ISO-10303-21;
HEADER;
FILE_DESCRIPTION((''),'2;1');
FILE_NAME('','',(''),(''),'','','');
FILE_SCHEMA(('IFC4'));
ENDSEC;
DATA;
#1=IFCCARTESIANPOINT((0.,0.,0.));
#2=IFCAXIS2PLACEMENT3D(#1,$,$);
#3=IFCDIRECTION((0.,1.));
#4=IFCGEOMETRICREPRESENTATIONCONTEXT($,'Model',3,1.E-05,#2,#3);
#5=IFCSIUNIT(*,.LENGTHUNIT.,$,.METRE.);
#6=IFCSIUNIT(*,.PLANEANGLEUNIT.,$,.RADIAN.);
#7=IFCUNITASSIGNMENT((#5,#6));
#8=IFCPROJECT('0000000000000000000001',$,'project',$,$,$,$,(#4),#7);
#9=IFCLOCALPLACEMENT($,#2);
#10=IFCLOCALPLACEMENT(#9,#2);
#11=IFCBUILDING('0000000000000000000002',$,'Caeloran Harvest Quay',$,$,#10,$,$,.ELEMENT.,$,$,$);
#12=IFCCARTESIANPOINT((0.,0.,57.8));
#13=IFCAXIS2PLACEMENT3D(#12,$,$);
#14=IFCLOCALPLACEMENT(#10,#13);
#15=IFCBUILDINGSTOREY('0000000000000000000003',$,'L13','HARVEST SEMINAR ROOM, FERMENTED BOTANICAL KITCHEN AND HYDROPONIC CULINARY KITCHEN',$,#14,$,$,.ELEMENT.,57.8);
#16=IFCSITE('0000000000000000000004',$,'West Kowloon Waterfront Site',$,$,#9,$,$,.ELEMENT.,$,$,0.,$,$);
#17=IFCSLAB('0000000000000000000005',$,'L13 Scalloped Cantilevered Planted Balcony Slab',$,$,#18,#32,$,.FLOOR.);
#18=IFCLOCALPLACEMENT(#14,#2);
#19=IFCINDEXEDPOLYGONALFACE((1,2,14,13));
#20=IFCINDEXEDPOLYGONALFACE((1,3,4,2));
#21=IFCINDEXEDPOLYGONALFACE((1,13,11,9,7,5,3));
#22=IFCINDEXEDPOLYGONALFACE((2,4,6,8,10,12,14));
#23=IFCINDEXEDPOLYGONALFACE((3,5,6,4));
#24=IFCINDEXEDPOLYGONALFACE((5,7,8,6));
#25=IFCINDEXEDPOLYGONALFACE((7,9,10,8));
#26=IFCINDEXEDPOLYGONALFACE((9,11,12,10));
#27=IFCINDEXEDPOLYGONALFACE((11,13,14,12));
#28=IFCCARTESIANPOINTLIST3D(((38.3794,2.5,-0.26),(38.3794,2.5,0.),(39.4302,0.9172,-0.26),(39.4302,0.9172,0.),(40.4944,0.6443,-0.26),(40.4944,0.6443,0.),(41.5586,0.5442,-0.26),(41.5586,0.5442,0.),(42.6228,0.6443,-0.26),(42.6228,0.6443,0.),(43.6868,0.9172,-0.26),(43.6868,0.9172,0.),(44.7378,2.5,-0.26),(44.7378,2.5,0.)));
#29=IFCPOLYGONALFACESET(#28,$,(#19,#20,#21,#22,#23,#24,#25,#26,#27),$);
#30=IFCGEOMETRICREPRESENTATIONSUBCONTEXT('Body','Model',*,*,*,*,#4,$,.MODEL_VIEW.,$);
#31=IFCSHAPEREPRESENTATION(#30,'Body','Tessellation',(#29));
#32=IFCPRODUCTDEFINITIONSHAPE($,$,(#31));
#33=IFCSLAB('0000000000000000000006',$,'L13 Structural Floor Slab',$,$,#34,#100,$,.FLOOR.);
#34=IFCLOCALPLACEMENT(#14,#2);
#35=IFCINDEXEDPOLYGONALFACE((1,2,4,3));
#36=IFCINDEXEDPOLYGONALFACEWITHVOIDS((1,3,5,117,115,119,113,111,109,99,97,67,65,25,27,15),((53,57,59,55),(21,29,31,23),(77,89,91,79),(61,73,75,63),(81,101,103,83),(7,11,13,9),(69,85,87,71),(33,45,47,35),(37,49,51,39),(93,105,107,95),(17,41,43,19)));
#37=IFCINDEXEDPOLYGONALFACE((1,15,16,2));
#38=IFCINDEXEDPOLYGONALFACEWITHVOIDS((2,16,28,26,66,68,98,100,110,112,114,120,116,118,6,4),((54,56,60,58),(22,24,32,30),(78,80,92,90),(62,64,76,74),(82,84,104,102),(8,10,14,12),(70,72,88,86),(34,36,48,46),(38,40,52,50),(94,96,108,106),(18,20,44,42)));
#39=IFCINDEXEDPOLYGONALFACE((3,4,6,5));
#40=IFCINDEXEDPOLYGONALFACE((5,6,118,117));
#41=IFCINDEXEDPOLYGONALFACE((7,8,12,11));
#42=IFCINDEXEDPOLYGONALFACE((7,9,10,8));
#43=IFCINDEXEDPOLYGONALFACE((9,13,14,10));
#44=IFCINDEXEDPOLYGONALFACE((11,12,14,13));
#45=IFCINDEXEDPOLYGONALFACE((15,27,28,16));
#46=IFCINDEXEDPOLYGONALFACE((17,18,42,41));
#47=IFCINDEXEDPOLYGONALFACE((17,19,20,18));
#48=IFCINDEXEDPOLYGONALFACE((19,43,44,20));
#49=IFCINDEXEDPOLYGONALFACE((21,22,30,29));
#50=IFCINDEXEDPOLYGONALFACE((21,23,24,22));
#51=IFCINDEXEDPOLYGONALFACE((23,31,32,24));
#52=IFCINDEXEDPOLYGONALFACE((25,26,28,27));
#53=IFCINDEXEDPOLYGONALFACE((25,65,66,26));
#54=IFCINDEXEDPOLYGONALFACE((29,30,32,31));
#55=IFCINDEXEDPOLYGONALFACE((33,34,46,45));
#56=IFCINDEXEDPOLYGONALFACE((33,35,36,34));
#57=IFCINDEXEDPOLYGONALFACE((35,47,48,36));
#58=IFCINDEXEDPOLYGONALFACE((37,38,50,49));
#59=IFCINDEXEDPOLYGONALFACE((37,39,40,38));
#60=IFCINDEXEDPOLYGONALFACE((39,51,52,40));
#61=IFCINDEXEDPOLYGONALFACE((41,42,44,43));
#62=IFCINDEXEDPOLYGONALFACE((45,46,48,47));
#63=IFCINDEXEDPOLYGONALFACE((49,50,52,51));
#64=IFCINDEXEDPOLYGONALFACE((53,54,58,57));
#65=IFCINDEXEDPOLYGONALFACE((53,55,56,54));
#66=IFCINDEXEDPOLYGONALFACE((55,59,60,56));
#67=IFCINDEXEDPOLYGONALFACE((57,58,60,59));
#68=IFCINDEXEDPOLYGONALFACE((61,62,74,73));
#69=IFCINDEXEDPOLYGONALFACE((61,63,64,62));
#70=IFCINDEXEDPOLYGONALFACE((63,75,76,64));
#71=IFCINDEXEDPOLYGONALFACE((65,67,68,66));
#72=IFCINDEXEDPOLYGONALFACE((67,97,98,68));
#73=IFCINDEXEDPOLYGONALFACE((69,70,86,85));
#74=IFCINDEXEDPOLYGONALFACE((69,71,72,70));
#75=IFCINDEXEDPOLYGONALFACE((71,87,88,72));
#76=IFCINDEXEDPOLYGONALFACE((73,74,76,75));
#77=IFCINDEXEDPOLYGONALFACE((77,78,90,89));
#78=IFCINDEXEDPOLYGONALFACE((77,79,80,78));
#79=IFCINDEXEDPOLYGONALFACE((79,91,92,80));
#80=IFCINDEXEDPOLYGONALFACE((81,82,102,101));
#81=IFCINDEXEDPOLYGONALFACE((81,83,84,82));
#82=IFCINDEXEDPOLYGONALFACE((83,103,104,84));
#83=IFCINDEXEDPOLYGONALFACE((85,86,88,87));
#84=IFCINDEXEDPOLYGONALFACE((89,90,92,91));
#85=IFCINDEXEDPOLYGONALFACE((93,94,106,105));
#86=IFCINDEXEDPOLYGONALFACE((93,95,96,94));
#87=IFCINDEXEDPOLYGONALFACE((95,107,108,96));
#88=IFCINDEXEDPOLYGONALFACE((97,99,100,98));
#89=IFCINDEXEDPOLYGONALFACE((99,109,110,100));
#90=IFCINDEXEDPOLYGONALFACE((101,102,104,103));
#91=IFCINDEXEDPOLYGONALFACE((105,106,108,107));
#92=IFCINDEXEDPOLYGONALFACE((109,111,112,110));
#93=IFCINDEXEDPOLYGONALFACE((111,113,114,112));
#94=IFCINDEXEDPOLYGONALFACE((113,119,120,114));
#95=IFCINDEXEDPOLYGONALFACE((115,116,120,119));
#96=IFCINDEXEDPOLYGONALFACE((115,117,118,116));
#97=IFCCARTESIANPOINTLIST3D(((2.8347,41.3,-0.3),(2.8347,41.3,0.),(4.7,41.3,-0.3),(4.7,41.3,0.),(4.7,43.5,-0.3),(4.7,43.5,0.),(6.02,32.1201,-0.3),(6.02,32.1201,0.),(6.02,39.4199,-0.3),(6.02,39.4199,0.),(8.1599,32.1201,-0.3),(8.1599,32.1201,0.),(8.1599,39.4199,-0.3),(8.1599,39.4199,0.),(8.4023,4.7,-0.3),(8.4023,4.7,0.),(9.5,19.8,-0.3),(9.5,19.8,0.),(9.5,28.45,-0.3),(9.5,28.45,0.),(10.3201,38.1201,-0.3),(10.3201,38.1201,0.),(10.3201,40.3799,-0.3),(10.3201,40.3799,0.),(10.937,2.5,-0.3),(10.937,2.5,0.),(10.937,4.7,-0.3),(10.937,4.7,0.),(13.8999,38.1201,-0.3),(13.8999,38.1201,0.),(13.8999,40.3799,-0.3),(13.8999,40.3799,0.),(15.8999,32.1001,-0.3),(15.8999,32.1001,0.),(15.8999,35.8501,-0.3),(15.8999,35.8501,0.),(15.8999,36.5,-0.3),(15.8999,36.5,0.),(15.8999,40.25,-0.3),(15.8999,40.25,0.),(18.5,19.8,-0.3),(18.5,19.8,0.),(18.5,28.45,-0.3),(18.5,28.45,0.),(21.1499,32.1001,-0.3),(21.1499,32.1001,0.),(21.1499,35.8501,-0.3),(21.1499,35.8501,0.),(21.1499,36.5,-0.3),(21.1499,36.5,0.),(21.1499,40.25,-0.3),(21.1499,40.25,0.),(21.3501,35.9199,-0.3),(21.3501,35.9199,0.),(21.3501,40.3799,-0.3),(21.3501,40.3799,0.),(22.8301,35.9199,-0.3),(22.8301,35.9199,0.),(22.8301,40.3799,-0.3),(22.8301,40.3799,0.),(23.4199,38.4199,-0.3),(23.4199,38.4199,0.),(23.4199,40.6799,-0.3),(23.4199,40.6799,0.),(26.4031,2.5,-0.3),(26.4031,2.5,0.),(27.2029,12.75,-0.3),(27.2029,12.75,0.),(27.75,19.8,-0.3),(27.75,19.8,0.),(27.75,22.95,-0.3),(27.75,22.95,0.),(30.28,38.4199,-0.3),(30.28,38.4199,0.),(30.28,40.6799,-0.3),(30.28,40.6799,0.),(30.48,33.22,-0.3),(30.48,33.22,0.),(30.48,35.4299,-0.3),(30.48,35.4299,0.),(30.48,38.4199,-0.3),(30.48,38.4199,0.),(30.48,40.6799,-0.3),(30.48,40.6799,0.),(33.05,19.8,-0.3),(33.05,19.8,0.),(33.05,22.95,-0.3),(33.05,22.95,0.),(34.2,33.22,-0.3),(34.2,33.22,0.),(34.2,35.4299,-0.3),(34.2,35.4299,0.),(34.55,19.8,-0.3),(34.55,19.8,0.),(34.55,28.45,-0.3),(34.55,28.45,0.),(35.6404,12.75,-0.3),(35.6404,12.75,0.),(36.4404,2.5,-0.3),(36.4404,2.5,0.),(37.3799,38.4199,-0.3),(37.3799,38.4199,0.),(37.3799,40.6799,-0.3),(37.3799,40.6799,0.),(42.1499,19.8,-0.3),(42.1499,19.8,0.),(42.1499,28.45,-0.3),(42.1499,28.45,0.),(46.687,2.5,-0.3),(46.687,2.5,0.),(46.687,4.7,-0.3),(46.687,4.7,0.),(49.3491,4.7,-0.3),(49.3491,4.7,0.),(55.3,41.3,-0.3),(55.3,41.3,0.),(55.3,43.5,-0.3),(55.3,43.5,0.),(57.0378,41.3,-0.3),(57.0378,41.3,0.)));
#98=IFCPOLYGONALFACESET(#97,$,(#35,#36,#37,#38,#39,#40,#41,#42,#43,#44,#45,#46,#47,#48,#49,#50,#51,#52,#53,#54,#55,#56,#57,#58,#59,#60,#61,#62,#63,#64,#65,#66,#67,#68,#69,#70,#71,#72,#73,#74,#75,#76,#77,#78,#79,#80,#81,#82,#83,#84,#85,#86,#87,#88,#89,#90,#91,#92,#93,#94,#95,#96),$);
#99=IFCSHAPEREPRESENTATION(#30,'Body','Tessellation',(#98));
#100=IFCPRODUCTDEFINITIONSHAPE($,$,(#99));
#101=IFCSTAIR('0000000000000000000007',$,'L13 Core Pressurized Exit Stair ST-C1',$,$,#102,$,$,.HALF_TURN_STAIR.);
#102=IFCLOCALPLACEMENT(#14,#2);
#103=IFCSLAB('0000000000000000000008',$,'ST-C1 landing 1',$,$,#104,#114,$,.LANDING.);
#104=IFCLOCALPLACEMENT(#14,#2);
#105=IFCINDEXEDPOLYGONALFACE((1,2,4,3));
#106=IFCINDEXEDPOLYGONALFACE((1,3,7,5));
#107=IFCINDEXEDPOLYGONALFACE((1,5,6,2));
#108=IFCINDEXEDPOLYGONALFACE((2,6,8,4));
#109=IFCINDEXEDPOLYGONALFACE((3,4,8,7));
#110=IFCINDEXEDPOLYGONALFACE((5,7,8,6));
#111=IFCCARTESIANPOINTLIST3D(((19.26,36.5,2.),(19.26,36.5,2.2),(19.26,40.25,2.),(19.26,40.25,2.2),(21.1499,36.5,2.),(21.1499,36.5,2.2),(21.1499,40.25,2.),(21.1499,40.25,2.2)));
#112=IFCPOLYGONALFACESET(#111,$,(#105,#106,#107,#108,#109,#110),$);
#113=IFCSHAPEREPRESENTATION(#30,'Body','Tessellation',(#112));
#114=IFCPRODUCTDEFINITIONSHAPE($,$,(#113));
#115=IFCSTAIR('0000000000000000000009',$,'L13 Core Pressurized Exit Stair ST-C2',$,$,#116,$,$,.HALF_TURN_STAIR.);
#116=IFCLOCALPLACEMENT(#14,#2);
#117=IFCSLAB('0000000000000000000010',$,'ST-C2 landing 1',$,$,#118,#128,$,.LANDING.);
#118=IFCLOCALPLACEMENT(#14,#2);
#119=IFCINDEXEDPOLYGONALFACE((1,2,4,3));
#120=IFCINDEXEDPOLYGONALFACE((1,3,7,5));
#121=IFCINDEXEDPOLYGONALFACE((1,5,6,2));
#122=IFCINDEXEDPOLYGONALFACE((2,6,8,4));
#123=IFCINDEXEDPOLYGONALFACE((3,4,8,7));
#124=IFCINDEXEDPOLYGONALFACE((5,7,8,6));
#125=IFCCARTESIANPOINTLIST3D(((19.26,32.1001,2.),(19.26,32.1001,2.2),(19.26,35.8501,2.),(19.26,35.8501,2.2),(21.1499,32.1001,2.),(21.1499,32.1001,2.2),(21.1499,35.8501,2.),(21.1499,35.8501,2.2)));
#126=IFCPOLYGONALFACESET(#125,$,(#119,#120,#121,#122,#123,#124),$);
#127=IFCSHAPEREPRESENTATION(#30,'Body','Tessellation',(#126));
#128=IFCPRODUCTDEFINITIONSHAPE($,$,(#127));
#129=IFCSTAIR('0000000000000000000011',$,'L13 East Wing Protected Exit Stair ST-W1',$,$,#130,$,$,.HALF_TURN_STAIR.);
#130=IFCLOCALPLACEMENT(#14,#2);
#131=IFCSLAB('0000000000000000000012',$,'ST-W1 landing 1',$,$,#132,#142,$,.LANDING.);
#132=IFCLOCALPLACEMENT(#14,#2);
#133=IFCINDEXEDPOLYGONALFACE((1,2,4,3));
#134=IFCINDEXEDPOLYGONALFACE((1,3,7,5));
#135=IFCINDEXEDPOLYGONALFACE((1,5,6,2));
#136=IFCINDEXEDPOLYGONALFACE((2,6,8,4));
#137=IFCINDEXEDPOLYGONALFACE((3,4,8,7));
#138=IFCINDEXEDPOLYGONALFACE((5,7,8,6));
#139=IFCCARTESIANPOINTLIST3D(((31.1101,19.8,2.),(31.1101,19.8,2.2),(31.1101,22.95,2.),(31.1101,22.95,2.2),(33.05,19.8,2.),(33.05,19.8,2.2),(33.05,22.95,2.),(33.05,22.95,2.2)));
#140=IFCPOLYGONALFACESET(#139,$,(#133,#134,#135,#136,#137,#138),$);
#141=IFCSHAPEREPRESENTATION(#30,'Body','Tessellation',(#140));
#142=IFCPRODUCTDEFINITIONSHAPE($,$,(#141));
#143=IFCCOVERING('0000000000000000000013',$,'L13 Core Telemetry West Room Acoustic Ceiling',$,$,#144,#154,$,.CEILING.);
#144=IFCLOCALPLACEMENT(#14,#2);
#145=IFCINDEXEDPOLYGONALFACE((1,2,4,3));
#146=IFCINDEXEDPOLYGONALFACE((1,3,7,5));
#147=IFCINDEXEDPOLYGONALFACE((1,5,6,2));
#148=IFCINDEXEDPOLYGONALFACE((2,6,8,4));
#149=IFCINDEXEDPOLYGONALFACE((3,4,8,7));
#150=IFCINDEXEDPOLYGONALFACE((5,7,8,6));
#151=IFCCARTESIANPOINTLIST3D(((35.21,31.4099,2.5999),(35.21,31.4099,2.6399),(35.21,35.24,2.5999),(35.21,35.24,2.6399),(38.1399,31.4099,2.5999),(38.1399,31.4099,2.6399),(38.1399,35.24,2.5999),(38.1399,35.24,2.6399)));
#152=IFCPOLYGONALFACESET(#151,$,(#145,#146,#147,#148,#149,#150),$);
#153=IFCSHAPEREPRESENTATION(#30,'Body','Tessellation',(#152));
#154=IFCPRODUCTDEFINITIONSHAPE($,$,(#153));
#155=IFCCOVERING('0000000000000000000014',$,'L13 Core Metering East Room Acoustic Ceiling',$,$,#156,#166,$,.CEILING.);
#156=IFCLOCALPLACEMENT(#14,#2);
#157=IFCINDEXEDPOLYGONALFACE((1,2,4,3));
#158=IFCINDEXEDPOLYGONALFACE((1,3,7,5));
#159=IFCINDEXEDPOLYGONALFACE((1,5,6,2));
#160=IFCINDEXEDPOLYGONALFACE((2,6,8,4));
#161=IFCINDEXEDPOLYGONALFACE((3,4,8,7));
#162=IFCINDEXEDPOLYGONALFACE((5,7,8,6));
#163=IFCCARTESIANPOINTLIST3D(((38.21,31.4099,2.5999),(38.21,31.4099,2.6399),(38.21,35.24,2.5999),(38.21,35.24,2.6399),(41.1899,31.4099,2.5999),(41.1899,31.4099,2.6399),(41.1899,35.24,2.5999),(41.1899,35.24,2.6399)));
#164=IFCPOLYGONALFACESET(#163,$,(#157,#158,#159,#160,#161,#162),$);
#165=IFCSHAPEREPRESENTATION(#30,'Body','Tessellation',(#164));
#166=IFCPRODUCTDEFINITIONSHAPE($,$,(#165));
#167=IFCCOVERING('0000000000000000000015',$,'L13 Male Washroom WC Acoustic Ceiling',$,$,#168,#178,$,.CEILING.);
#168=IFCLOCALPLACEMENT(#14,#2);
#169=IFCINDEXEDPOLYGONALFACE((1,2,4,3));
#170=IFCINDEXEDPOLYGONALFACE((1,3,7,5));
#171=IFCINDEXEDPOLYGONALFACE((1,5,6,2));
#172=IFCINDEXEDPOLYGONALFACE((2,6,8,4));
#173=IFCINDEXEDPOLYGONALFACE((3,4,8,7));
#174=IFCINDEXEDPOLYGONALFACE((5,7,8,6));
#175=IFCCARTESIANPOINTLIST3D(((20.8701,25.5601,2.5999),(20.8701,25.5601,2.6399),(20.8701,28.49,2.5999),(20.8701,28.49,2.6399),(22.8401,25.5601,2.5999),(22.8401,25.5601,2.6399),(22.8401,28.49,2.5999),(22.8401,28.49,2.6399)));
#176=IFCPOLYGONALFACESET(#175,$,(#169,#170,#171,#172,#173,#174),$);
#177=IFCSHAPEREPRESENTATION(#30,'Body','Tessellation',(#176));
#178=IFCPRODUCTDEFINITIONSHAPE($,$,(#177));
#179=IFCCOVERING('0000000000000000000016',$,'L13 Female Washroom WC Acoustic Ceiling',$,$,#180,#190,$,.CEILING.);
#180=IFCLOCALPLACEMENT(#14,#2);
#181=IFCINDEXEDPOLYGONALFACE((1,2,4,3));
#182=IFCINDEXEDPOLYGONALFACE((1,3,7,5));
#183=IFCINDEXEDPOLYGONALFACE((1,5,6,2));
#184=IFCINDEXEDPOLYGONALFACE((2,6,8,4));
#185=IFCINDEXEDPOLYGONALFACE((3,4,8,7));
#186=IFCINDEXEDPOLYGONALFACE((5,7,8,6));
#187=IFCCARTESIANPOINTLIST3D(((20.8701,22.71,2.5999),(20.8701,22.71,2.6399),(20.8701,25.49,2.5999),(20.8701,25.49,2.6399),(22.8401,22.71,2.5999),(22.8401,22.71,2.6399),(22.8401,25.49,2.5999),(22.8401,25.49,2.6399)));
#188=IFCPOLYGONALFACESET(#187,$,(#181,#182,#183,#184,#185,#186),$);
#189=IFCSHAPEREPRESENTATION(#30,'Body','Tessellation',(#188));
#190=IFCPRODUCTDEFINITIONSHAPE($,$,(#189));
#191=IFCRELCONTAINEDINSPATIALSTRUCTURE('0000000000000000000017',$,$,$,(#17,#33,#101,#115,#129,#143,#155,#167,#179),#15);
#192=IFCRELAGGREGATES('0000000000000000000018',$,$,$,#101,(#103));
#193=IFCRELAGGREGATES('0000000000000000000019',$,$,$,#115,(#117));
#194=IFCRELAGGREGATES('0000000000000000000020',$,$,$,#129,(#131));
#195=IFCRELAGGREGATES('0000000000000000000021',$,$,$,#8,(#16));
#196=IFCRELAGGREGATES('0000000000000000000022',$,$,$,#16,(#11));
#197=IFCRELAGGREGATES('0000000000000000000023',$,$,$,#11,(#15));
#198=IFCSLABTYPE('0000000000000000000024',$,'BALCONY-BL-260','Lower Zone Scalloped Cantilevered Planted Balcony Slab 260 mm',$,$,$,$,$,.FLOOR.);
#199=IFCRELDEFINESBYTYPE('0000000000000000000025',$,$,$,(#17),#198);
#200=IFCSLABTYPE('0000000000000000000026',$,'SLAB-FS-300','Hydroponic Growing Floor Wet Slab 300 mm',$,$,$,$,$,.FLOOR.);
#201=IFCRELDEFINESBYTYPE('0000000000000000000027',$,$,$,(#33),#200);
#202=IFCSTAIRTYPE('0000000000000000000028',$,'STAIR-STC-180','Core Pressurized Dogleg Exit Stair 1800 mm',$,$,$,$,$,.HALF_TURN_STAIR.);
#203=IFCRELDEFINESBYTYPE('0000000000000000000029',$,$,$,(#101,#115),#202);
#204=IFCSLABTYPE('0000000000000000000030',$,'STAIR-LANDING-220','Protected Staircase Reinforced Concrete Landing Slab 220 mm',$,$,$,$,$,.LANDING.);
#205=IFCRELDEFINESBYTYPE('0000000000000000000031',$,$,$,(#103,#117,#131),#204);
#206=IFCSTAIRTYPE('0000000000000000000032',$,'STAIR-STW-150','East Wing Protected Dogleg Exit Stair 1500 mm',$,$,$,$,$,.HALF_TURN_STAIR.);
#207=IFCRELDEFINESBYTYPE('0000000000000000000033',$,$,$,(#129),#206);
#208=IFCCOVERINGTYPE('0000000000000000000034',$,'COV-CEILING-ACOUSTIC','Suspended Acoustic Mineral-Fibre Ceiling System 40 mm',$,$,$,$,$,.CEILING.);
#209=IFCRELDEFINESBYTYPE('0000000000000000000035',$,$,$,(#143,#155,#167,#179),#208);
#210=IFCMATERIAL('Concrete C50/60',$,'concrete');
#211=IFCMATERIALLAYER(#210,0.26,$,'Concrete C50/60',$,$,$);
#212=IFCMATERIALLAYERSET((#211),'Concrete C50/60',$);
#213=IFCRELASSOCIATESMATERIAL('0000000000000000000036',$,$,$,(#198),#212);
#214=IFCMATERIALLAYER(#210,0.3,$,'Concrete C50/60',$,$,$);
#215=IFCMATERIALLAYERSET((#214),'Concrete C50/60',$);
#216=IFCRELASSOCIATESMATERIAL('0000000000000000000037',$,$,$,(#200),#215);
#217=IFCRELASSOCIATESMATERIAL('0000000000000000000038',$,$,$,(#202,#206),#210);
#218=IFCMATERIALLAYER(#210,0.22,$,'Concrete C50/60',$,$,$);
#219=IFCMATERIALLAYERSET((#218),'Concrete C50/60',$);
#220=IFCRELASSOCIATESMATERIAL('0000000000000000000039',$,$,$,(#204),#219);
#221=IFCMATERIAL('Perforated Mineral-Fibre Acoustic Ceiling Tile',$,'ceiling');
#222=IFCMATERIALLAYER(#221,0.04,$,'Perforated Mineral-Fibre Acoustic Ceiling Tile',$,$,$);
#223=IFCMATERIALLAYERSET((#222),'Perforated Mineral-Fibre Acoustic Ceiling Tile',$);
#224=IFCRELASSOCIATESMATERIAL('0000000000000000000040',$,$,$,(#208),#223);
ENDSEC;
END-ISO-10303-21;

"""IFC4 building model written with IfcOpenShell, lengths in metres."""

from ifc_helpers import new_model, si_unit, direction, frame, origin, place, context, subcontext, project, spatial, polyline, outline, extrude, material, layer, layer_set, type_object, element, aggregate, save


model = new_model("IFC4")

# Units and contexts
model_context = context("Model", 3, precision=1e-05, world=origin(), true_north=direction((0.0, 1.0)))
body_context = subcontext(model_context, "Body", "Model", "MODEL_VIEW")
ifc_project = project(units=[si_unit("LENGTHUNIT", "METRE"), si_unit("PLANEANGLEUNIT", "RADIAN")], contexts=[model_context])

# Site, building, storey
site_placement = place(None, origin())
site = spatial("IfcSite", under=ifc_project, at=site_placement, Name="West Kowloon Waterfront Site", CompositionType="ELEMENT", RefElevation=0.0)
building_placement = place(site_placement, origin())
building = spatial("IfcBuilding", under=site, at=building_placement, Name="Caeloran Harvest Quay", CompositionType="ELEMENT")
storey_placement = place(building_placement, frame((0.0, 0.0, 57.8)))
storey = spatial("IfcBuildingStorey", under=building, at=storey_placement, Name="L13", Description="HARVEST SEMINAR ROOM, FERMENTED BOTANICAL KITCHEN AND HYDROPONIC CULINARY KITCHEN", CompositionType="ELEMENT", Elevation=57.8)

# Slabs
ifc_material_1 = material(Name="Concrete C50/60", Category="concrete")
ifc_layer_1 = layer(ifc_material_1, 0.26, Name="Concrete C50/60")
ifc_layer_set_1 = layer_set([ifc_layer_1], Name="Concrete C50/60")
slab_type_1 = type_object("IfcSlabType", Name="BALCONY-BL-260", Description="Lower Zone Scalloped Cantilevered Planted Balcony Slab 260 mm", PredefinedType="FLOOR", material=ifc_layer_set_1)
slab_1_placement = place(storey_placement, frame((0.0, 0.0, -0.26)))
element("IfcSlab", 1, at=slab_1_placement, inside=storey, type_object=slab_type_1, Name="L13 Scalloped Cantilevered Planted Balcony Slab", PredefinedType="FLOOR", context=body_context, shape_type="SweptSolid", body=[
    extrude(outline(polyline([(43.6868, 0.9172), (42.6228, 0.6443), (41.5586, 0.5442), (40.4944, 0.6443), (39.4302, 0.9172), (38.3794, 2.5), (44.7378, 2.5), (43.6868, 0.9172)])), origin(), (0.0, 0.0, 1.0), 0.26),
])
ifc_layer_2 = layer(ifc_material_1, 0.3, Name="Concrete C50/60")
ifc_layer_set_2 = layer_set([ifc_layer_2], Name="Concrete C50/60")
slab_type_2 = type_object("IfcSlabType", Name="SLAB-FS-300", Description="Hydroponic Growing Floor Wet Slab 300 mm", PredefinedType="FLOOR", material=ifc_layer_set_2)
slab_2_placement = place(storey_placement, frame((0.0, 0.0, -0.3)))
element("IfcSlab", 2, at=slab_2_placement, inside=storey, type_object=slab_type_2, Name="L13 Structural Floor Slab", PredefinedType="FLOOR", context=body_context, shape_type="SweptSolid", body=[
    extrude(outline(polyline([(10.937, 2.5), (26.4031, 2.5), (27.2029, 12.75), (35.6404, 12.75), (36.4404, 2.5), (46.687, 2.5), (46.687, 4.7), (49.3491, 4.7), (57.0378, 41.3), (55.3, 41.3), (55.3, 43.5), (4.7, 43.5), (4.7, 41.3), (2.8347, 41.3), (8.4023, 4.7), (10.937, 4.7), (10.937, 2.5)]), holes=[polyline([(18.5, 19.8), (9.5, 19.8), (9.5, 28.45), (18.5, 28.45), (18.5, 19.8)]), polyline([(15.8999, 32.1001), (15.8999, 35.8501), (21.1499, 35.8501), (21.1499, 32.1001), (15.8999, 32.1001)]), polyline([(8.1599, 32.1201), (6.02, 32.1201), (6.02, 39.4199), (8.1599, 39.4199), (8.1599, 32.1201)]), polyline([(21.3501, 35.9199), (21.3501, 40.3799), (22.8301, 40.3799), (22.8301, 35.9199), (21.3501, 35.9199)]), polyline([(15.8999, 40.25), (21.1499, 40.25), (21.1499, 36.5), (15.8999, 36.5), (15.8999, 40.25)]), polyline([(13.8999, 38.1201), (10.3201, 38.1201), (10.3201, 40.3799), (13.8999, 40.3799), (13.8999, 38.1201)]), polyline([(27.75, 22.95), (33.05, 22.95), (33.05, 19.8), (27.75, 19.8), (27.75, 22.95)]), polyline([(34.55, 19.8), (34.55, 28.45), (42.1499, 28.45), (42.1499, 19.8), (34.55, 19.8)]), polyline([(34.2, 33.22), (30.48, 33.22), (30.48, 35.4299), (34.2, 35.4299), (34.2, 33.22)]), polyline([(23.4199, 38.4199), (23.4199, 40.6799), (30.28, 40.6799), (30.28, 38.4199), (23.4199, 38.4199)]), polyline([(30.48, 38.4199), (30.48, 40.6799), (37.3799, 40.6799), (37.3799, 38.4199), (30.48, 38.4199)])]), origin(), (0.0, 0.0, 1.0), 0.3),
])

# Stairs, slabs
stair_type_1 = type_object("IfcStairType", Name="STAIR-STC-180", Description="Core Pressurized Dogleg Exit Stair 1800 mm", PredefinedType="HALF_TURN_STAIR", material=ifc_material_1)
stair_1_placement = place(storey_placement, origin())
stair_1 = element("IfcStair", 3, at=stair_1_placement, inside=storey, type_object=stair_type_1, Name="L13 Core Pressurized Exit Stair ST-C1", PredefinedType="HALF_TURN_STAIR")
ifc_layer_3 = layer(ifc_material_1, 0.22, Name="Concrete C50/60")
ifc_layer_set_3 = layer_set([ifc_layer_3], Name="Concrete C50/60")
slab_type_3 = type_object("IfcSlabType", Name="STAIR-LANDING-220", Description="Protected Staircase Reinforced Concrete Landing Slab 220 mm", PredefinedType="LANDING", material=ifc_layer_set_3)
slab_3_placement = place(storey_placement, frame((0.0, 0.0, 2.0)))
slab_3 = element("IfcSlab", 4, at=slab_3_placement, type_object=slab_type_3, Name="ST-C1 landing 1", PredefinedType="LANDING", context=body_context, shape_type="SweptSolid", body=[
    extrude(outline(polyline([(19.26, 36.5), (21.1499, 36.5), (21.1499, 40.25), (19.26, 40.25), (19.26, 36.5)])), origin(), (0.0, 0.0, 1.0), 0.2),
])
aggregate(stair_1, [slab_3])
stair_2_placement = place(storey_placement, origin())
stair_2 = element("IfcStair", 5, at=stair_2_placement, inside=storey, type_object=stair_type_1, Name="L13 Core Pressurized Exit Stair ST-C2", PredefinedType="HALF_TURN_STAIR")
slab_4_placement = place(storey_placement, frame((0.0, 0.0, 2.0)))
slab_4 = element("IfcSlab", 6, at=slab_4_placement, type_object=slab_type_3, Name="ST-C2 landing 1", PredefinedType="LANDING", context=body_context, shape_type="SweptSolid", body=[
    extrude(outline(polyline([(19.26, 32.1001), (21.1499, 32.1001), (21.1499, 35.8501), (19.26, 35.8501), (19.26, 32.1001)])), origin(), (0.0, 0.0, 1.0), 0.2),
])
aggregate(stair_2, [slab_4])
stair_type_2 = type_object("IfcStairType", Name="STAIR-STW-150", Description="East Wing Protected Dogleg Exit Stair 1500 mm", PredefinedType="HALF_TURN_STAIR", material=ifc_material_1)
stair_3_placement = place(storey_placement, origin())
stair_3 = element("IfcStair", 7, at=stair_3_placement, inside=storey, type_object=stair_type_2, Name="L13 East Wing Protected Exit Stair ST-W1", PredefinedType="HALF_TURN_STAIR")
slab_5_placement = place(storey_placement, frame((0.0, 0.0, 2.0)))
slab_5 = element("IfcSlab", 8, at=slab_5_placement, type_object=slab_type_3, Name="ST-W1 landing 1", PredefinedType="LANDING", context=body_context, shape_type="SweptSolid", body=[
    extrude(outline(polyline([(31.1101, 19.8), (33.05, 19.8), (33.05, 22.95), (31.1101, 22.95), (31.1101, 19.8)])), origin(), (0.0, 0.0, 1.0), 0.2),
])
aggregate(stair_3, [slab_5])

# Coverings
ifc_material_2 = material(Name="Perforated Mineral-Fibre Acoustic Ceiling Tile", Category="ceiling")
ifc_layer_4 = layer(ifc_material_2, 0.04, Name="Perforated Mineral-Fibre Acoustic Ceiling Tile")
ifc_layer_set_4 = layer_set([ifc_layer_4], Name="Perforated Mineral-Fibre Acoustic Ceiling Tile")
covering_type_1 = type_object("IfcCoveringType", Name="COV-CEILING-ACOUSTIC", Description="Suspended Acoustic Mineral-Fibre Ceiling System 40 mm", PredefinedType="CEILING", material=ifc_layer_set_4)
covering_1_placement = place(storey_placement, frame((0.0, 0.0, 2.5999)))
element("IfcCovering", 9, at=covering_1_placement, inside=storey, type_object=covering_type_1, Name="L13 Core Telemetry West Room Acoustic Ceiling", PredefinedType="CEILING", context=body_context, shape_type="SweptSolid", body=[
    extrude(outline(polyline([(38.1399, 35.24), (38.1399, 31.4099), (35.21, 31.4099), (35.21, 35.24), (38.1399, 35.24)])), origin(), (0.0, 0.0, 1.0), 0.04),
])
covering_2_placement = place(storey_placement, frame((0.0, 0.0, 2.5999)))
element("IfcCovering", 10, at=covering_2_placement, inside=storey, type_object=covering_type_1, Name="L13 Core Metering East Room Acoustic Ceiling", PredefinedType="CEILING", context=body_context, shape_type="SweptSolid", body=[
    extrude(outline(polyline([(41.1899, 35.24), (41.1899, 31.4099), (38.21, 31.4099), (38.21, 35.24), (41.1899, 35.24)])), origin(), (0.0, 0.0, 1.0), 0.04),
])
covering_3_placement = place(storey_placement, frame((0.0, 0.0, 2.5999)))
element("IfcCovering", 11, at=covering_3_placement, inside=storey, type_object=covering_type_1, Name="L13 Male Washroom WC Acoustic Ceiling", PredefinedType="CEILING", context=body_context, shape_type="SweptSolid", body=[
    extrude(outline(polyline([(22.8401, 25.5601), (20.8701, 25.5601), (20.8701, 28.49), (22.8401, 28.49), (22.8401, 25.5601)])), origin(), (0.0, 0.0, 1.0), 0.04),
])
covering_4_placement = place(storey_placement, frame((0.0, 0.0, 2.5999)))
element("IfcCovering", 12, at=covering_4_placement, inside=storey, type_object=covering_type_1, Name="L13 Female Washroom WC Acoustic Ceiling", PredefinedType="CEILING", context=body_context, shape_type="SweptSolid", body=[
    extrude(outline(polyline([(22.8401, 22.71), (20.8701, 22.71), (20.8701, 25.49), (22.8401, 25.49), (22.8401, 22.71)])), origin(), (0.0, 0.0, 1.0), 0.04),
])

save(model, "model.ifc")
